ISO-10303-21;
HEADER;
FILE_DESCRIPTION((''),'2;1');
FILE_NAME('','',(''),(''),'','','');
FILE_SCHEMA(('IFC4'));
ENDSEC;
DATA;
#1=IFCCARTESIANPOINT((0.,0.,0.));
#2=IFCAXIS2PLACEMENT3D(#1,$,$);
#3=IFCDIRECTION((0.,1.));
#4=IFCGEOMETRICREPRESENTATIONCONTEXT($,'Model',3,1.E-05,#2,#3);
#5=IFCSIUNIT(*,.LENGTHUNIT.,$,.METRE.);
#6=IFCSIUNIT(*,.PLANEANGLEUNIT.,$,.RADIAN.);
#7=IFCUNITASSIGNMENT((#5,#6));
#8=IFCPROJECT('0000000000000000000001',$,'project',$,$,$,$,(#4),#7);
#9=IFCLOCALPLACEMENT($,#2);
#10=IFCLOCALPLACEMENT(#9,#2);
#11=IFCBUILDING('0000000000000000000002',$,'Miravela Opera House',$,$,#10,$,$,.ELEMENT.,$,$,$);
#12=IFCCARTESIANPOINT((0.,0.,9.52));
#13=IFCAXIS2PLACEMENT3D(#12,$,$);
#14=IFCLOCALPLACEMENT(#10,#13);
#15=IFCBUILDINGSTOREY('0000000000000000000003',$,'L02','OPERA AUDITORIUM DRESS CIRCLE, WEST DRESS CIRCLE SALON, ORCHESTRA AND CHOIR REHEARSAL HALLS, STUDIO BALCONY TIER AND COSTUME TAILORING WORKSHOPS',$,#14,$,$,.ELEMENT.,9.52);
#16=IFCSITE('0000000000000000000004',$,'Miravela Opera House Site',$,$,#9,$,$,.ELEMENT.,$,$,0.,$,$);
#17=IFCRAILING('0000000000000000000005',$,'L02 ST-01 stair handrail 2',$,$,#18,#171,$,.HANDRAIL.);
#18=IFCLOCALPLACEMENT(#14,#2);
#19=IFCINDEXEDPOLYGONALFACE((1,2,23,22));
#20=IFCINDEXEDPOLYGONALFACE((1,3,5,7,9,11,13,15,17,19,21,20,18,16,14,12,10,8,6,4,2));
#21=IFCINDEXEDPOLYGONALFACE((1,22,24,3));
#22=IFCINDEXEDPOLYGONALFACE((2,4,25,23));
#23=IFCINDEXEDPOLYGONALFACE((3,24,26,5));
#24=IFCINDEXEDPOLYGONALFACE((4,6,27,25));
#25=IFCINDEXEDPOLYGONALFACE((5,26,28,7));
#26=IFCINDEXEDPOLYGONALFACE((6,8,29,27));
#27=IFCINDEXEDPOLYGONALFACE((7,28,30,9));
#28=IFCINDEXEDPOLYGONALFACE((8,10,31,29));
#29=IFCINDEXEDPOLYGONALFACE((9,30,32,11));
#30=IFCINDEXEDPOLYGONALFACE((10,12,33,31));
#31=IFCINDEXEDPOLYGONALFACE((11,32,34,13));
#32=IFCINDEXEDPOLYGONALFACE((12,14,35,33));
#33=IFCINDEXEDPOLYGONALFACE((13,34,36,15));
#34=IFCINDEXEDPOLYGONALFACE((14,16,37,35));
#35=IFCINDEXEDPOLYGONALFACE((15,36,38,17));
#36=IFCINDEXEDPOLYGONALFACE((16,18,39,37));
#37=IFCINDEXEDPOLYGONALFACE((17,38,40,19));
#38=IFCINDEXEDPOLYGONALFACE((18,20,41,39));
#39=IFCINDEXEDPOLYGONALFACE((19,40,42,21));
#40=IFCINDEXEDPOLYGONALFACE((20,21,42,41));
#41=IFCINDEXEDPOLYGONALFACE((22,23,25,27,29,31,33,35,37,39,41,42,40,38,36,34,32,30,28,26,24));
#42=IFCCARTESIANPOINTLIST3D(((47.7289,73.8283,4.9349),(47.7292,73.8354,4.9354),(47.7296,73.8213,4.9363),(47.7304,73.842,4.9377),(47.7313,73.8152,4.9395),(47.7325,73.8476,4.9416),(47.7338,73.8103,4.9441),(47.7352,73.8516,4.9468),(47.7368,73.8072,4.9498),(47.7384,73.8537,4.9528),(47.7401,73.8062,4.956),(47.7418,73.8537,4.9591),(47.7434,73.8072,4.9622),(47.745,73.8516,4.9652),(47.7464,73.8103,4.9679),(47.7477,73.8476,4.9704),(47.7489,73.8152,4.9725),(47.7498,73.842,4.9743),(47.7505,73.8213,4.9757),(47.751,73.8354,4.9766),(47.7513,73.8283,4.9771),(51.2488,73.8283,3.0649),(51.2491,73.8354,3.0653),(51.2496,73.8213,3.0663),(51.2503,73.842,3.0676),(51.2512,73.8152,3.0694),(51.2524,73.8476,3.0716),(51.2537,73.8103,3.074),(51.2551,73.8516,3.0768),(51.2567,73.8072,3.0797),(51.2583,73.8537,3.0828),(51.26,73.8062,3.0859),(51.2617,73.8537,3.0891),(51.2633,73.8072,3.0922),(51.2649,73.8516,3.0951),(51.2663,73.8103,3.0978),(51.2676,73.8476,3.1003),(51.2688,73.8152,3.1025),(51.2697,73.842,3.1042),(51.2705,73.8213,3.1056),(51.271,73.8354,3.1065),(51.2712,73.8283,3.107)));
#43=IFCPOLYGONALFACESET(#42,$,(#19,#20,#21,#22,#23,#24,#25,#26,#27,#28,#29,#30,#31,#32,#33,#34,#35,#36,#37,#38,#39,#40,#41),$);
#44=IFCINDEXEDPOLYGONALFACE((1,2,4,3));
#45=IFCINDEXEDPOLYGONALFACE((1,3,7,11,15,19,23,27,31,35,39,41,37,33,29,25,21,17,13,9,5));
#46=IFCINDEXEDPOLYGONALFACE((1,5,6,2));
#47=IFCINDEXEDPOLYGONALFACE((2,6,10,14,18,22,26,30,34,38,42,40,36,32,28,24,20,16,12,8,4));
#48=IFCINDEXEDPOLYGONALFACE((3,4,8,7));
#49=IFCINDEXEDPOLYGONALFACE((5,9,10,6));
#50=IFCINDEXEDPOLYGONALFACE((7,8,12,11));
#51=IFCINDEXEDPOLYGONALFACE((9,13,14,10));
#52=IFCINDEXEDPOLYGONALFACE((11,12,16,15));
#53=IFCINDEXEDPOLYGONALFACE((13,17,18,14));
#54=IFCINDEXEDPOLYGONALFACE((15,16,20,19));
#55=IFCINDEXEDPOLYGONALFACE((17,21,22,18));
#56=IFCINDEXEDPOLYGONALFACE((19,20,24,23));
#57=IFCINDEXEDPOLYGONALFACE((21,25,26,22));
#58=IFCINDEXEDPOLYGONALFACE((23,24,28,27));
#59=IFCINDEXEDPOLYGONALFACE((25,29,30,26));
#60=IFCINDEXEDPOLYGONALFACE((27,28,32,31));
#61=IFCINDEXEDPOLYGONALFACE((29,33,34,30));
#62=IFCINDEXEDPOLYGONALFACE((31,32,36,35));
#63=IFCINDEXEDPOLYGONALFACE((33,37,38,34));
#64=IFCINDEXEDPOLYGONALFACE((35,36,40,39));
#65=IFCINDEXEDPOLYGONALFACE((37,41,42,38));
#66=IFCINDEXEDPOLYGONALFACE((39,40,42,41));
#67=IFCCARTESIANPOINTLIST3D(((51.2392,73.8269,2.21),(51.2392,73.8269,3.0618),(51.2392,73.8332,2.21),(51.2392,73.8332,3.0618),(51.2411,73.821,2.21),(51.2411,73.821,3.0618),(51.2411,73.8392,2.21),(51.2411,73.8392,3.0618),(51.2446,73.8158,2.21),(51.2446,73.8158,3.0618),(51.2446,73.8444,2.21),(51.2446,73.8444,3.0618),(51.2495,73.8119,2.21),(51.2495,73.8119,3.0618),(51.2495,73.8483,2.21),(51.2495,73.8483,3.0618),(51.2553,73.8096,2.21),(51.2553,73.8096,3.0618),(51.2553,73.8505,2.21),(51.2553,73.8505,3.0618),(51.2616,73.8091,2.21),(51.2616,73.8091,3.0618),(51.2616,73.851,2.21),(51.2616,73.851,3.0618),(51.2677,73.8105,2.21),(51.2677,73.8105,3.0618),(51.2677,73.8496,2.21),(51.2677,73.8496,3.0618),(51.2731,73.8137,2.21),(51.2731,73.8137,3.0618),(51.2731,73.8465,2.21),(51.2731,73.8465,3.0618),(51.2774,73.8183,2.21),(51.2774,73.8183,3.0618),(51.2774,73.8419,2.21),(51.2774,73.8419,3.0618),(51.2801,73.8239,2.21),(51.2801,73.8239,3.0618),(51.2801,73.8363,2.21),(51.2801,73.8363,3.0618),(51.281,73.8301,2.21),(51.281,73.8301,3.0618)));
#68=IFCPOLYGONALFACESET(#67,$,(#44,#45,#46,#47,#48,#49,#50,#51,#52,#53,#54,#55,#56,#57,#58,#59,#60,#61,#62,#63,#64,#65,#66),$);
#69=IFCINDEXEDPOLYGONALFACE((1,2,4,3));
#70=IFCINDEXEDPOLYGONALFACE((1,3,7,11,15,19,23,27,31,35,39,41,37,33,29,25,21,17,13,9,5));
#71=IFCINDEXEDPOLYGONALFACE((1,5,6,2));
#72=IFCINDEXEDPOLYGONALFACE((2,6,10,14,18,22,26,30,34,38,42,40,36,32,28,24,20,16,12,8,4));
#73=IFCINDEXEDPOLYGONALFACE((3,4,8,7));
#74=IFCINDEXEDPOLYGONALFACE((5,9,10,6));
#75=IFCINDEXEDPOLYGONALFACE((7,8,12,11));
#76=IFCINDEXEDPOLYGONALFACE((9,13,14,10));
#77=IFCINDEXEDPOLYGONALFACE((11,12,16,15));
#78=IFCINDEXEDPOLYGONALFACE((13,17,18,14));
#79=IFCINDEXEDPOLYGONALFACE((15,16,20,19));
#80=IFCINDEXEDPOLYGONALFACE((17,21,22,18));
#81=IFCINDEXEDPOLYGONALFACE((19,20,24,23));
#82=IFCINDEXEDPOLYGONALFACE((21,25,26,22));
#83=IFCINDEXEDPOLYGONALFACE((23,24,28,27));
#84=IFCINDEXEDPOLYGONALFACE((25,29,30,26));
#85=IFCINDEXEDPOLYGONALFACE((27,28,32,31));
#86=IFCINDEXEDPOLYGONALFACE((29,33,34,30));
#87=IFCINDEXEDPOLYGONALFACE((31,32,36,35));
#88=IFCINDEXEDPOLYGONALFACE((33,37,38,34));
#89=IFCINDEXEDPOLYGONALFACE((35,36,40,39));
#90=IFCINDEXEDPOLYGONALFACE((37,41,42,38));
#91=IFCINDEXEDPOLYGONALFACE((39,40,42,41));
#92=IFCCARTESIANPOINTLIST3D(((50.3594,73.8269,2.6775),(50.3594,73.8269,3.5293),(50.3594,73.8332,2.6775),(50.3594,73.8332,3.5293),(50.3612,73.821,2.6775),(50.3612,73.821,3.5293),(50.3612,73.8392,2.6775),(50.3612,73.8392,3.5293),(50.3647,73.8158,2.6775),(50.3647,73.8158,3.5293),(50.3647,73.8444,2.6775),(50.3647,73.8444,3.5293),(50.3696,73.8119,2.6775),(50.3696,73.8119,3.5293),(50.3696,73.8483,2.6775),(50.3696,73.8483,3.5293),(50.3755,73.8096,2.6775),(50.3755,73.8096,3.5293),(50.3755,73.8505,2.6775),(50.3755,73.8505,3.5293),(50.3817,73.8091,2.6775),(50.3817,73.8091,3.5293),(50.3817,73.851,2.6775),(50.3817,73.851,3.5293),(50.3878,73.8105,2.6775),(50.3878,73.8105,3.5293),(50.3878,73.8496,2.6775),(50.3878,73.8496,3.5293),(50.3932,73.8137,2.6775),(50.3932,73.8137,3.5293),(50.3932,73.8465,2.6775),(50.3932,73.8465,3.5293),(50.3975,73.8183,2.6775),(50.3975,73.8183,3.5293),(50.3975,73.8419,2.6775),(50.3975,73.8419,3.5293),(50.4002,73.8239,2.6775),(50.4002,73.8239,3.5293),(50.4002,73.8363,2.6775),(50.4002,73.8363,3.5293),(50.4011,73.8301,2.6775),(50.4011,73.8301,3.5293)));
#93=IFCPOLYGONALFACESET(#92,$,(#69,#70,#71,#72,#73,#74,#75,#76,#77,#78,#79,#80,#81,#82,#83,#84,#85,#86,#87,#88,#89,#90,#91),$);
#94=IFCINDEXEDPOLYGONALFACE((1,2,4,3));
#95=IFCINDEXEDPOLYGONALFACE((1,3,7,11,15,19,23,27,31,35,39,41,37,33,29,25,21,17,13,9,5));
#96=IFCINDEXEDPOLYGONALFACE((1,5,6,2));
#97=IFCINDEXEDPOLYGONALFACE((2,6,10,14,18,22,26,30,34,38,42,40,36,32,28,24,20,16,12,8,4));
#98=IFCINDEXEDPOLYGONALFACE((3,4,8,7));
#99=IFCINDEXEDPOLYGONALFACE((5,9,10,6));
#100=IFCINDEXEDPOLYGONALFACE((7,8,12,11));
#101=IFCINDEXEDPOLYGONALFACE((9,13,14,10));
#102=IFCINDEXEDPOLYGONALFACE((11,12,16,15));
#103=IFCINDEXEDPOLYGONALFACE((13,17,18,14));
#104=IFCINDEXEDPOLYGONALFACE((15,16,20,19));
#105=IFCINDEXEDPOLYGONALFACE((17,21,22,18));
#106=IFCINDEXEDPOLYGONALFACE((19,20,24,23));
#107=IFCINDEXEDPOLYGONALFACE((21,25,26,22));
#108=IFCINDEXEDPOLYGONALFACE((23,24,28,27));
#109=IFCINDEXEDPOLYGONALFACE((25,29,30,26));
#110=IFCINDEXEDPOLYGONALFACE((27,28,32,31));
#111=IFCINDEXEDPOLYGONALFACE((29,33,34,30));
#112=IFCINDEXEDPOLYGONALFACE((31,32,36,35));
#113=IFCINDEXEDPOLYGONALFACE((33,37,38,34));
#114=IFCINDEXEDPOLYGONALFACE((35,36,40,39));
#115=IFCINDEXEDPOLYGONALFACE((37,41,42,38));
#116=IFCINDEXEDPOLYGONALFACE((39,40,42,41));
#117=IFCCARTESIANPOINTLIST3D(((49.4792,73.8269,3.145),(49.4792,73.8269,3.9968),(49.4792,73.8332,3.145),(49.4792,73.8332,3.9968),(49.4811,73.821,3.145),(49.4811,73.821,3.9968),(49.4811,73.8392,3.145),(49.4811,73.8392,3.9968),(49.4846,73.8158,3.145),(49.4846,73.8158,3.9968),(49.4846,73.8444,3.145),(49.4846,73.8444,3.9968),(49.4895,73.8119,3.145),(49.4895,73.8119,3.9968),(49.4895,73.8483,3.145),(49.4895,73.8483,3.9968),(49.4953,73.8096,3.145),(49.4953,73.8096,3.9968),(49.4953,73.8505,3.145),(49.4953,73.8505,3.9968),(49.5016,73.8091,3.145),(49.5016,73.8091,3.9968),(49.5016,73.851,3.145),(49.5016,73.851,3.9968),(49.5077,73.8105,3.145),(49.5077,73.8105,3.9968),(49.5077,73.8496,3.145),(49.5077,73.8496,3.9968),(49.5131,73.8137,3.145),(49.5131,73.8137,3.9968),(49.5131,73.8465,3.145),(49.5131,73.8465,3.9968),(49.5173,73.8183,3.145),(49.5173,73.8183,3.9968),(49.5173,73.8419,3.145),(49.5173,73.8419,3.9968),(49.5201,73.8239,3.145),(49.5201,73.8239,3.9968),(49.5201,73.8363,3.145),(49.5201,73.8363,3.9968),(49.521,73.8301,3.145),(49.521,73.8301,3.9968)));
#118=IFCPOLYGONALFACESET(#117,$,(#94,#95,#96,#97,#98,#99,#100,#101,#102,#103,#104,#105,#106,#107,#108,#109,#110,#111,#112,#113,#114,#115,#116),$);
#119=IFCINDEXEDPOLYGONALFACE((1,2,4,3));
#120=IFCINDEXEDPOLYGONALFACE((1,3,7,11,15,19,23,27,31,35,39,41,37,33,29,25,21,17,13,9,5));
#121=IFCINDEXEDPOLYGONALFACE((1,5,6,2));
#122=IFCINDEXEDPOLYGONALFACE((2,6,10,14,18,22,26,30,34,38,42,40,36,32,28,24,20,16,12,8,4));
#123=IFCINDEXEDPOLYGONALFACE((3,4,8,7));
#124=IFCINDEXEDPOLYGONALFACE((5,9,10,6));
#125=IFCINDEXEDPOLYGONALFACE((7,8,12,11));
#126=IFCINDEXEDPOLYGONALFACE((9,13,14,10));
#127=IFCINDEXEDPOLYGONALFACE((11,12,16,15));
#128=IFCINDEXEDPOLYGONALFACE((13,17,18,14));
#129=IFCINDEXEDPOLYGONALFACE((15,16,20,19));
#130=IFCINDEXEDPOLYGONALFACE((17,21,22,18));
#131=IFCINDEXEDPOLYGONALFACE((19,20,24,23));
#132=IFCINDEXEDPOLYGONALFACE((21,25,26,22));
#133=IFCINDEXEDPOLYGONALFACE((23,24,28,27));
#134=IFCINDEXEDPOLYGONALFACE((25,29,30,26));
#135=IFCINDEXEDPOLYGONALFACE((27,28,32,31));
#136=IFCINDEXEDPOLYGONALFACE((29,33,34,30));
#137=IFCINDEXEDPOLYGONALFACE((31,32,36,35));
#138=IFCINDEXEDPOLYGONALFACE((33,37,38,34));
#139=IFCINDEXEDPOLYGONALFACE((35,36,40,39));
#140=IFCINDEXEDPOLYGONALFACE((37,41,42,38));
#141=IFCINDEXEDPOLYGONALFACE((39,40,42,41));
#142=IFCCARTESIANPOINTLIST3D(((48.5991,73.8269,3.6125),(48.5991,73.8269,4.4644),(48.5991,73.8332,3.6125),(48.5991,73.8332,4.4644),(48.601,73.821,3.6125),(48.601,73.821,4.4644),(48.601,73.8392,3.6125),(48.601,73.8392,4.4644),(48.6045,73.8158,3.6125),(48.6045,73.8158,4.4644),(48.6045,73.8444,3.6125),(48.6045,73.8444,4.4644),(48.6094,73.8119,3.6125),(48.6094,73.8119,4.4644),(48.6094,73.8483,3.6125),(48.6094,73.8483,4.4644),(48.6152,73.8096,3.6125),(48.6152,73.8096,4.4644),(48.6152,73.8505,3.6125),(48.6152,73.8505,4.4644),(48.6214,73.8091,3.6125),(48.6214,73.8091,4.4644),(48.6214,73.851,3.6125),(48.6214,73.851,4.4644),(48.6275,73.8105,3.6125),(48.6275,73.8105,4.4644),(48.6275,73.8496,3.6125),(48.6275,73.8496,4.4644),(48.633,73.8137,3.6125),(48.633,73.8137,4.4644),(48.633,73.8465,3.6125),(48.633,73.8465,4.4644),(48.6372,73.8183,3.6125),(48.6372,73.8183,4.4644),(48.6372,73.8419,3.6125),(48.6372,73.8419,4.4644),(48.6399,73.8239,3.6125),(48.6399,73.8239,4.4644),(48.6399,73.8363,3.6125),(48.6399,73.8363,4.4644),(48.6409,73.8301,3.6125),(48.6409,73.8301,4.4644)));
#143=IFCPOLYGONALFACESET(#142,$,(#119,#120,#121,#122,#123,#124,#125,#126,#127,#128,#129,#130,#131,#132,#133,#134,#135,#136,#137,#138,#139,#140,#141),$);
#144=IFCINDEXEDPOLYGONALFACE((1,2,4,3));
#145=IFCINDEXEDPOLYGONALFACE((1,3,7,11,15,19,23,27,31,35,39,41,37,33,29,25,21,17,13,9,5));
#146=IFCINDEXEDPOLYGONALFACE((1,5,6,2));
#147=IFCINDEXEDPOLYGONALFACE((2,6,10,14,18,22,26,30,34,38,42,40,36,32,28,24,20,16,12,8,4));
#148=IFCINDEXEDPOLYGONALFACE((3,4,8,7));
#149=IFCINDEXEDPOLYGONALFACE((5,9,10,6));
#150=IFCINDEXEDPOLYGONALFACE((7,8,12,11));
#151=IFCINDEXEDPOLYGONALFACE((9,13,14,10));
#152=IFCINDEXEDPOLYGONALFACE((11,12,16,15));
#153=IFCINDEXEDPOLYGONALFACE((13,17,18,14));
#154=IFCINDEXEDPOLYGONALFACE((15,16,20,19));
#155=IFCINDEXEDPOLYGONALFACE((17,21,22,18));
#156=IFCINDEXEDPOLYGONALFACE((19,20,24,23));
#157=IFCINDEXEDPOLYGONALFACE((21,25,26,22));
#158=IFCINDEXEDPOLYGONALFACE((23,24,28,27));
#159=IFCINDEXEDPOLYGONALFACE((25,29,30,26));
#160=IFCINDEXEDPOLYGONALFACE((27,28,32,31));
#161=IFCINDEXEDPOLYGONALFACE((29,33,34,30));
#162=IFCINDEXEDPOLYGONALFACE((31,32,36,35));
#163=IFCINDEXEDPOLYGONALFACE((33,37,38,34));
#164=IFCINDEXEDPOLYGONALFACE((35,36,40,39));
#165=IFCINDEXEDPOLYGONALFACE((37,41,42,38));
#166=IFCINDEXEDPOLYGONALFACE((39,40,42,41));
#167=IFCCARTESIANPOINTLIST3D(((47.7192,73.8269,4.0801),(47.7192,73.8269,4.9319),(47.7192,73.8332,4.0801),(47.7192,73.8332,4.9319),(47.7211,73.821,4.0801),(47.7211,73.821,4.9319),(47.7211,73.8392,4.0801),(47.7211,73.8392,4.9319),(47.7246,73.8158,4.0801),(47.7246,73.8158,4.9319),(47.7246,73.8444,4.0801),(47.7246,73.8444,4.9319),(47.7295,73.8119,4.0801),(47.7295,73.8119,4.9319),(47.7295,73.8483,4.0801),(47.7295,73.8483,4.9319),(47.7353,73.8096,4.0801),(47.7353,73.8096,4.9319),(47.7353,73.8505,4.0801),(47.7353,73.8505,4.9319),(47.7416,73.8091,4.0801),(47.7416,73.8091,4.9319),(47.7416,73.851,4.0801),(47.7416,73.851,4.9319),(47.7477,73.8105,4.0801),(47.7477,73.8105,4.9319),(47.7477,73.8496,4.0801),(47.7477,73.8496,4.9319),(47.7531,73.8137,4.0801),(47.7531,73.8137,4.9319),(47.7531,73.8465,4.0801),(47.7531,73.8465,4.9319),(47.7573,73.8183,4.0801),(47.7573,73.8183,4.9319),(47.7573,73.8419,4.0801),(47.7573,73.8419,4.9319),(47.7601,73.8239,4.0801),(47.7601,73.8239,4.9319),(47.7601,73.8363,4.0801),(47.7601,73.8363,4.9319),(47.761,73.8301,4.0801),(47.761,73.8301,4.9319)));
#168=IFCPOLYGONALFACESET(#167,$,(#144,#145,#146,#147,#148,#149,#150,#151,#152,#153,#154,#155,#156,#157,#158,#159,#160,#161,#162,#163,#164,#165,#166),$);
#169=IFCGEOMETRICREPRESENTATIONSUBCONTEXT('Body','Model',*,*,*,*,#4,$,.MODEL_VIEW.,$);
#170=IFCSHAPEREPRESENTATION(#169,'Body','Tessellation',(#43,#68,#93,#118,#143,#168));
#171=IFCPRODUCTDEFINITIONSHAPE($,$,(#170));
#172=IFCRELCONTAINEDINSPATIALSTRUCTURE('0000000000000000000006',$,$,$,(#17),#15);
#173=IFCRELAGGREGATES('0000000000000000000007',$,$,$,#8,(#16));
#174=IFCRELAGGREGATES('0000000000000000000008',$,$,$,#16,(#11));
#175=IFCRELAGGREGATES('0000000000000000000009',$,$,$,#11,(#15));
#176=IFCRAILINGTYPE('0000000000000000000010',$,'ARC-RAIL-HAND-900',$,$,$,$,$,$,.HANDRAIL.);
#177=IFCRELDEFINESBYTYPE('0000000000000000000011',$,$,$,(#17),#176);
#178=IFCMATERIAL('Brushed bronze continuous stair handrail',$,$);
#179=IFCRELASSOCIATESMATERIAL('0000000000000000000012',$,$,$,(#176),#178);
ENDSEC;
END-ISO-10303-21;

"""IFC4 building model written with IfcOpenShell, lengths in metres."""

from ifc_helpers import new_model, si_unit, direction, frame, origin, origin_2d, place, context, subcontext, project, spatial, circle, extrude, material, type_object, element, save


model = new_model("IFC4")

# Units and contexts
model_context = context("Model", 3, precision=1e-05, world=origin(), true_north=direction((0.0, 1.0)))
body_context = subcontext(model_context, "Body", "Model", "MODEL_VIEW")
ifc_project = project(units=[si_unit("LENGTHUNIT", "METRE"), si_unit("PLANEANGLEUNIT", "RADIAN")], contexts=[model_context])

# Site, building, storey
site_placement = place(None, origin())
site = spatial("IfcSite", under=ifc_project, at=site_placement, Name="Miravela Opera House Site", CompositionType="ELEMENT", RefElevation=0.0)
building_placement = place(site_placement, origin())
building = spatial("IfcBuilding", under=site, at=building_placement, Name="Miravela Opera House", CompositionType="ELEMENT")
storey_placement = place(building_placement, frame((0.0, 0.0, 9.52)))
storey = spatial("IfcBuildingStorey", under=building, at=storey_placement, Name="L02", Description="OPERA AUDITORIUM DRESS CIRCLE, WEST DRESS CIRCLE SALON, ORCHESTRA AND CHOIR REHEARSAL HALLS, STUDIO BALCONY TIER AND COSTUME TAILORING WORKSHOPS", CompositionType="ELEMENT", Elevation=9.52)

# Railing
ifc_material_1 = material(Name="Brushed bronze continuous stair handrail")
railing_type_1 = type_object("IfcRailingType", Name="ARC-RAIL-HAND-900", PredefinedType="HANDRAIL", material=ifc_material_1)
railing_1_placement = place(storey_placement, frame((51.26, 73.8301, 2.21)))
element("IfcRailing", 1, at=railing_1_placement, inside=storey, type_object=railing_type_1, Name="L02 ST-01 stair handrail 2", PredefinedType="HANDRAIL", context=body_context, shape_type="SweptSolid", body=[
    extrude(circle(Radius=0.0239, at=origin_2d()), frame((0.0, 0.0, 0.876), z_axis=(-0.883105, 0.0, 0.469176), x_axis=(0.0, -1.0, 0.0)), (0.0, 0.0, 1.0), 3.9858),
    extrude(circle(Radius=0.021, at=origin_2d()), origin(), (0.0, 0.0, 1.0), 0.8518),
    extrude(circle(Radius=0.021, at=origin_2d()), frame((-0.8799, 0.0, 0.4675)), (0.0, 0.0, 1.0), 0.8518),
    extrude(circle(Radius=0.021, at=origin_2d()), frame((-1.76, 0.0, 0.9351)), (0.0, 0.0, 1.0), 0.8518),
    extrude(circle(Radius=0.021, at=origin_2d()), frame((-2.6401, 0.0, 1.4026)), (0.0, 0.0, 1.0), 0.8518),
    extrude(circle(Radius=0.021, at=origin_2d()), frame((-3.52, 0.0, 1.8701)), (0.0, 0.0, 1.0), 0.8518),
])

save(model, "model.ifc")
